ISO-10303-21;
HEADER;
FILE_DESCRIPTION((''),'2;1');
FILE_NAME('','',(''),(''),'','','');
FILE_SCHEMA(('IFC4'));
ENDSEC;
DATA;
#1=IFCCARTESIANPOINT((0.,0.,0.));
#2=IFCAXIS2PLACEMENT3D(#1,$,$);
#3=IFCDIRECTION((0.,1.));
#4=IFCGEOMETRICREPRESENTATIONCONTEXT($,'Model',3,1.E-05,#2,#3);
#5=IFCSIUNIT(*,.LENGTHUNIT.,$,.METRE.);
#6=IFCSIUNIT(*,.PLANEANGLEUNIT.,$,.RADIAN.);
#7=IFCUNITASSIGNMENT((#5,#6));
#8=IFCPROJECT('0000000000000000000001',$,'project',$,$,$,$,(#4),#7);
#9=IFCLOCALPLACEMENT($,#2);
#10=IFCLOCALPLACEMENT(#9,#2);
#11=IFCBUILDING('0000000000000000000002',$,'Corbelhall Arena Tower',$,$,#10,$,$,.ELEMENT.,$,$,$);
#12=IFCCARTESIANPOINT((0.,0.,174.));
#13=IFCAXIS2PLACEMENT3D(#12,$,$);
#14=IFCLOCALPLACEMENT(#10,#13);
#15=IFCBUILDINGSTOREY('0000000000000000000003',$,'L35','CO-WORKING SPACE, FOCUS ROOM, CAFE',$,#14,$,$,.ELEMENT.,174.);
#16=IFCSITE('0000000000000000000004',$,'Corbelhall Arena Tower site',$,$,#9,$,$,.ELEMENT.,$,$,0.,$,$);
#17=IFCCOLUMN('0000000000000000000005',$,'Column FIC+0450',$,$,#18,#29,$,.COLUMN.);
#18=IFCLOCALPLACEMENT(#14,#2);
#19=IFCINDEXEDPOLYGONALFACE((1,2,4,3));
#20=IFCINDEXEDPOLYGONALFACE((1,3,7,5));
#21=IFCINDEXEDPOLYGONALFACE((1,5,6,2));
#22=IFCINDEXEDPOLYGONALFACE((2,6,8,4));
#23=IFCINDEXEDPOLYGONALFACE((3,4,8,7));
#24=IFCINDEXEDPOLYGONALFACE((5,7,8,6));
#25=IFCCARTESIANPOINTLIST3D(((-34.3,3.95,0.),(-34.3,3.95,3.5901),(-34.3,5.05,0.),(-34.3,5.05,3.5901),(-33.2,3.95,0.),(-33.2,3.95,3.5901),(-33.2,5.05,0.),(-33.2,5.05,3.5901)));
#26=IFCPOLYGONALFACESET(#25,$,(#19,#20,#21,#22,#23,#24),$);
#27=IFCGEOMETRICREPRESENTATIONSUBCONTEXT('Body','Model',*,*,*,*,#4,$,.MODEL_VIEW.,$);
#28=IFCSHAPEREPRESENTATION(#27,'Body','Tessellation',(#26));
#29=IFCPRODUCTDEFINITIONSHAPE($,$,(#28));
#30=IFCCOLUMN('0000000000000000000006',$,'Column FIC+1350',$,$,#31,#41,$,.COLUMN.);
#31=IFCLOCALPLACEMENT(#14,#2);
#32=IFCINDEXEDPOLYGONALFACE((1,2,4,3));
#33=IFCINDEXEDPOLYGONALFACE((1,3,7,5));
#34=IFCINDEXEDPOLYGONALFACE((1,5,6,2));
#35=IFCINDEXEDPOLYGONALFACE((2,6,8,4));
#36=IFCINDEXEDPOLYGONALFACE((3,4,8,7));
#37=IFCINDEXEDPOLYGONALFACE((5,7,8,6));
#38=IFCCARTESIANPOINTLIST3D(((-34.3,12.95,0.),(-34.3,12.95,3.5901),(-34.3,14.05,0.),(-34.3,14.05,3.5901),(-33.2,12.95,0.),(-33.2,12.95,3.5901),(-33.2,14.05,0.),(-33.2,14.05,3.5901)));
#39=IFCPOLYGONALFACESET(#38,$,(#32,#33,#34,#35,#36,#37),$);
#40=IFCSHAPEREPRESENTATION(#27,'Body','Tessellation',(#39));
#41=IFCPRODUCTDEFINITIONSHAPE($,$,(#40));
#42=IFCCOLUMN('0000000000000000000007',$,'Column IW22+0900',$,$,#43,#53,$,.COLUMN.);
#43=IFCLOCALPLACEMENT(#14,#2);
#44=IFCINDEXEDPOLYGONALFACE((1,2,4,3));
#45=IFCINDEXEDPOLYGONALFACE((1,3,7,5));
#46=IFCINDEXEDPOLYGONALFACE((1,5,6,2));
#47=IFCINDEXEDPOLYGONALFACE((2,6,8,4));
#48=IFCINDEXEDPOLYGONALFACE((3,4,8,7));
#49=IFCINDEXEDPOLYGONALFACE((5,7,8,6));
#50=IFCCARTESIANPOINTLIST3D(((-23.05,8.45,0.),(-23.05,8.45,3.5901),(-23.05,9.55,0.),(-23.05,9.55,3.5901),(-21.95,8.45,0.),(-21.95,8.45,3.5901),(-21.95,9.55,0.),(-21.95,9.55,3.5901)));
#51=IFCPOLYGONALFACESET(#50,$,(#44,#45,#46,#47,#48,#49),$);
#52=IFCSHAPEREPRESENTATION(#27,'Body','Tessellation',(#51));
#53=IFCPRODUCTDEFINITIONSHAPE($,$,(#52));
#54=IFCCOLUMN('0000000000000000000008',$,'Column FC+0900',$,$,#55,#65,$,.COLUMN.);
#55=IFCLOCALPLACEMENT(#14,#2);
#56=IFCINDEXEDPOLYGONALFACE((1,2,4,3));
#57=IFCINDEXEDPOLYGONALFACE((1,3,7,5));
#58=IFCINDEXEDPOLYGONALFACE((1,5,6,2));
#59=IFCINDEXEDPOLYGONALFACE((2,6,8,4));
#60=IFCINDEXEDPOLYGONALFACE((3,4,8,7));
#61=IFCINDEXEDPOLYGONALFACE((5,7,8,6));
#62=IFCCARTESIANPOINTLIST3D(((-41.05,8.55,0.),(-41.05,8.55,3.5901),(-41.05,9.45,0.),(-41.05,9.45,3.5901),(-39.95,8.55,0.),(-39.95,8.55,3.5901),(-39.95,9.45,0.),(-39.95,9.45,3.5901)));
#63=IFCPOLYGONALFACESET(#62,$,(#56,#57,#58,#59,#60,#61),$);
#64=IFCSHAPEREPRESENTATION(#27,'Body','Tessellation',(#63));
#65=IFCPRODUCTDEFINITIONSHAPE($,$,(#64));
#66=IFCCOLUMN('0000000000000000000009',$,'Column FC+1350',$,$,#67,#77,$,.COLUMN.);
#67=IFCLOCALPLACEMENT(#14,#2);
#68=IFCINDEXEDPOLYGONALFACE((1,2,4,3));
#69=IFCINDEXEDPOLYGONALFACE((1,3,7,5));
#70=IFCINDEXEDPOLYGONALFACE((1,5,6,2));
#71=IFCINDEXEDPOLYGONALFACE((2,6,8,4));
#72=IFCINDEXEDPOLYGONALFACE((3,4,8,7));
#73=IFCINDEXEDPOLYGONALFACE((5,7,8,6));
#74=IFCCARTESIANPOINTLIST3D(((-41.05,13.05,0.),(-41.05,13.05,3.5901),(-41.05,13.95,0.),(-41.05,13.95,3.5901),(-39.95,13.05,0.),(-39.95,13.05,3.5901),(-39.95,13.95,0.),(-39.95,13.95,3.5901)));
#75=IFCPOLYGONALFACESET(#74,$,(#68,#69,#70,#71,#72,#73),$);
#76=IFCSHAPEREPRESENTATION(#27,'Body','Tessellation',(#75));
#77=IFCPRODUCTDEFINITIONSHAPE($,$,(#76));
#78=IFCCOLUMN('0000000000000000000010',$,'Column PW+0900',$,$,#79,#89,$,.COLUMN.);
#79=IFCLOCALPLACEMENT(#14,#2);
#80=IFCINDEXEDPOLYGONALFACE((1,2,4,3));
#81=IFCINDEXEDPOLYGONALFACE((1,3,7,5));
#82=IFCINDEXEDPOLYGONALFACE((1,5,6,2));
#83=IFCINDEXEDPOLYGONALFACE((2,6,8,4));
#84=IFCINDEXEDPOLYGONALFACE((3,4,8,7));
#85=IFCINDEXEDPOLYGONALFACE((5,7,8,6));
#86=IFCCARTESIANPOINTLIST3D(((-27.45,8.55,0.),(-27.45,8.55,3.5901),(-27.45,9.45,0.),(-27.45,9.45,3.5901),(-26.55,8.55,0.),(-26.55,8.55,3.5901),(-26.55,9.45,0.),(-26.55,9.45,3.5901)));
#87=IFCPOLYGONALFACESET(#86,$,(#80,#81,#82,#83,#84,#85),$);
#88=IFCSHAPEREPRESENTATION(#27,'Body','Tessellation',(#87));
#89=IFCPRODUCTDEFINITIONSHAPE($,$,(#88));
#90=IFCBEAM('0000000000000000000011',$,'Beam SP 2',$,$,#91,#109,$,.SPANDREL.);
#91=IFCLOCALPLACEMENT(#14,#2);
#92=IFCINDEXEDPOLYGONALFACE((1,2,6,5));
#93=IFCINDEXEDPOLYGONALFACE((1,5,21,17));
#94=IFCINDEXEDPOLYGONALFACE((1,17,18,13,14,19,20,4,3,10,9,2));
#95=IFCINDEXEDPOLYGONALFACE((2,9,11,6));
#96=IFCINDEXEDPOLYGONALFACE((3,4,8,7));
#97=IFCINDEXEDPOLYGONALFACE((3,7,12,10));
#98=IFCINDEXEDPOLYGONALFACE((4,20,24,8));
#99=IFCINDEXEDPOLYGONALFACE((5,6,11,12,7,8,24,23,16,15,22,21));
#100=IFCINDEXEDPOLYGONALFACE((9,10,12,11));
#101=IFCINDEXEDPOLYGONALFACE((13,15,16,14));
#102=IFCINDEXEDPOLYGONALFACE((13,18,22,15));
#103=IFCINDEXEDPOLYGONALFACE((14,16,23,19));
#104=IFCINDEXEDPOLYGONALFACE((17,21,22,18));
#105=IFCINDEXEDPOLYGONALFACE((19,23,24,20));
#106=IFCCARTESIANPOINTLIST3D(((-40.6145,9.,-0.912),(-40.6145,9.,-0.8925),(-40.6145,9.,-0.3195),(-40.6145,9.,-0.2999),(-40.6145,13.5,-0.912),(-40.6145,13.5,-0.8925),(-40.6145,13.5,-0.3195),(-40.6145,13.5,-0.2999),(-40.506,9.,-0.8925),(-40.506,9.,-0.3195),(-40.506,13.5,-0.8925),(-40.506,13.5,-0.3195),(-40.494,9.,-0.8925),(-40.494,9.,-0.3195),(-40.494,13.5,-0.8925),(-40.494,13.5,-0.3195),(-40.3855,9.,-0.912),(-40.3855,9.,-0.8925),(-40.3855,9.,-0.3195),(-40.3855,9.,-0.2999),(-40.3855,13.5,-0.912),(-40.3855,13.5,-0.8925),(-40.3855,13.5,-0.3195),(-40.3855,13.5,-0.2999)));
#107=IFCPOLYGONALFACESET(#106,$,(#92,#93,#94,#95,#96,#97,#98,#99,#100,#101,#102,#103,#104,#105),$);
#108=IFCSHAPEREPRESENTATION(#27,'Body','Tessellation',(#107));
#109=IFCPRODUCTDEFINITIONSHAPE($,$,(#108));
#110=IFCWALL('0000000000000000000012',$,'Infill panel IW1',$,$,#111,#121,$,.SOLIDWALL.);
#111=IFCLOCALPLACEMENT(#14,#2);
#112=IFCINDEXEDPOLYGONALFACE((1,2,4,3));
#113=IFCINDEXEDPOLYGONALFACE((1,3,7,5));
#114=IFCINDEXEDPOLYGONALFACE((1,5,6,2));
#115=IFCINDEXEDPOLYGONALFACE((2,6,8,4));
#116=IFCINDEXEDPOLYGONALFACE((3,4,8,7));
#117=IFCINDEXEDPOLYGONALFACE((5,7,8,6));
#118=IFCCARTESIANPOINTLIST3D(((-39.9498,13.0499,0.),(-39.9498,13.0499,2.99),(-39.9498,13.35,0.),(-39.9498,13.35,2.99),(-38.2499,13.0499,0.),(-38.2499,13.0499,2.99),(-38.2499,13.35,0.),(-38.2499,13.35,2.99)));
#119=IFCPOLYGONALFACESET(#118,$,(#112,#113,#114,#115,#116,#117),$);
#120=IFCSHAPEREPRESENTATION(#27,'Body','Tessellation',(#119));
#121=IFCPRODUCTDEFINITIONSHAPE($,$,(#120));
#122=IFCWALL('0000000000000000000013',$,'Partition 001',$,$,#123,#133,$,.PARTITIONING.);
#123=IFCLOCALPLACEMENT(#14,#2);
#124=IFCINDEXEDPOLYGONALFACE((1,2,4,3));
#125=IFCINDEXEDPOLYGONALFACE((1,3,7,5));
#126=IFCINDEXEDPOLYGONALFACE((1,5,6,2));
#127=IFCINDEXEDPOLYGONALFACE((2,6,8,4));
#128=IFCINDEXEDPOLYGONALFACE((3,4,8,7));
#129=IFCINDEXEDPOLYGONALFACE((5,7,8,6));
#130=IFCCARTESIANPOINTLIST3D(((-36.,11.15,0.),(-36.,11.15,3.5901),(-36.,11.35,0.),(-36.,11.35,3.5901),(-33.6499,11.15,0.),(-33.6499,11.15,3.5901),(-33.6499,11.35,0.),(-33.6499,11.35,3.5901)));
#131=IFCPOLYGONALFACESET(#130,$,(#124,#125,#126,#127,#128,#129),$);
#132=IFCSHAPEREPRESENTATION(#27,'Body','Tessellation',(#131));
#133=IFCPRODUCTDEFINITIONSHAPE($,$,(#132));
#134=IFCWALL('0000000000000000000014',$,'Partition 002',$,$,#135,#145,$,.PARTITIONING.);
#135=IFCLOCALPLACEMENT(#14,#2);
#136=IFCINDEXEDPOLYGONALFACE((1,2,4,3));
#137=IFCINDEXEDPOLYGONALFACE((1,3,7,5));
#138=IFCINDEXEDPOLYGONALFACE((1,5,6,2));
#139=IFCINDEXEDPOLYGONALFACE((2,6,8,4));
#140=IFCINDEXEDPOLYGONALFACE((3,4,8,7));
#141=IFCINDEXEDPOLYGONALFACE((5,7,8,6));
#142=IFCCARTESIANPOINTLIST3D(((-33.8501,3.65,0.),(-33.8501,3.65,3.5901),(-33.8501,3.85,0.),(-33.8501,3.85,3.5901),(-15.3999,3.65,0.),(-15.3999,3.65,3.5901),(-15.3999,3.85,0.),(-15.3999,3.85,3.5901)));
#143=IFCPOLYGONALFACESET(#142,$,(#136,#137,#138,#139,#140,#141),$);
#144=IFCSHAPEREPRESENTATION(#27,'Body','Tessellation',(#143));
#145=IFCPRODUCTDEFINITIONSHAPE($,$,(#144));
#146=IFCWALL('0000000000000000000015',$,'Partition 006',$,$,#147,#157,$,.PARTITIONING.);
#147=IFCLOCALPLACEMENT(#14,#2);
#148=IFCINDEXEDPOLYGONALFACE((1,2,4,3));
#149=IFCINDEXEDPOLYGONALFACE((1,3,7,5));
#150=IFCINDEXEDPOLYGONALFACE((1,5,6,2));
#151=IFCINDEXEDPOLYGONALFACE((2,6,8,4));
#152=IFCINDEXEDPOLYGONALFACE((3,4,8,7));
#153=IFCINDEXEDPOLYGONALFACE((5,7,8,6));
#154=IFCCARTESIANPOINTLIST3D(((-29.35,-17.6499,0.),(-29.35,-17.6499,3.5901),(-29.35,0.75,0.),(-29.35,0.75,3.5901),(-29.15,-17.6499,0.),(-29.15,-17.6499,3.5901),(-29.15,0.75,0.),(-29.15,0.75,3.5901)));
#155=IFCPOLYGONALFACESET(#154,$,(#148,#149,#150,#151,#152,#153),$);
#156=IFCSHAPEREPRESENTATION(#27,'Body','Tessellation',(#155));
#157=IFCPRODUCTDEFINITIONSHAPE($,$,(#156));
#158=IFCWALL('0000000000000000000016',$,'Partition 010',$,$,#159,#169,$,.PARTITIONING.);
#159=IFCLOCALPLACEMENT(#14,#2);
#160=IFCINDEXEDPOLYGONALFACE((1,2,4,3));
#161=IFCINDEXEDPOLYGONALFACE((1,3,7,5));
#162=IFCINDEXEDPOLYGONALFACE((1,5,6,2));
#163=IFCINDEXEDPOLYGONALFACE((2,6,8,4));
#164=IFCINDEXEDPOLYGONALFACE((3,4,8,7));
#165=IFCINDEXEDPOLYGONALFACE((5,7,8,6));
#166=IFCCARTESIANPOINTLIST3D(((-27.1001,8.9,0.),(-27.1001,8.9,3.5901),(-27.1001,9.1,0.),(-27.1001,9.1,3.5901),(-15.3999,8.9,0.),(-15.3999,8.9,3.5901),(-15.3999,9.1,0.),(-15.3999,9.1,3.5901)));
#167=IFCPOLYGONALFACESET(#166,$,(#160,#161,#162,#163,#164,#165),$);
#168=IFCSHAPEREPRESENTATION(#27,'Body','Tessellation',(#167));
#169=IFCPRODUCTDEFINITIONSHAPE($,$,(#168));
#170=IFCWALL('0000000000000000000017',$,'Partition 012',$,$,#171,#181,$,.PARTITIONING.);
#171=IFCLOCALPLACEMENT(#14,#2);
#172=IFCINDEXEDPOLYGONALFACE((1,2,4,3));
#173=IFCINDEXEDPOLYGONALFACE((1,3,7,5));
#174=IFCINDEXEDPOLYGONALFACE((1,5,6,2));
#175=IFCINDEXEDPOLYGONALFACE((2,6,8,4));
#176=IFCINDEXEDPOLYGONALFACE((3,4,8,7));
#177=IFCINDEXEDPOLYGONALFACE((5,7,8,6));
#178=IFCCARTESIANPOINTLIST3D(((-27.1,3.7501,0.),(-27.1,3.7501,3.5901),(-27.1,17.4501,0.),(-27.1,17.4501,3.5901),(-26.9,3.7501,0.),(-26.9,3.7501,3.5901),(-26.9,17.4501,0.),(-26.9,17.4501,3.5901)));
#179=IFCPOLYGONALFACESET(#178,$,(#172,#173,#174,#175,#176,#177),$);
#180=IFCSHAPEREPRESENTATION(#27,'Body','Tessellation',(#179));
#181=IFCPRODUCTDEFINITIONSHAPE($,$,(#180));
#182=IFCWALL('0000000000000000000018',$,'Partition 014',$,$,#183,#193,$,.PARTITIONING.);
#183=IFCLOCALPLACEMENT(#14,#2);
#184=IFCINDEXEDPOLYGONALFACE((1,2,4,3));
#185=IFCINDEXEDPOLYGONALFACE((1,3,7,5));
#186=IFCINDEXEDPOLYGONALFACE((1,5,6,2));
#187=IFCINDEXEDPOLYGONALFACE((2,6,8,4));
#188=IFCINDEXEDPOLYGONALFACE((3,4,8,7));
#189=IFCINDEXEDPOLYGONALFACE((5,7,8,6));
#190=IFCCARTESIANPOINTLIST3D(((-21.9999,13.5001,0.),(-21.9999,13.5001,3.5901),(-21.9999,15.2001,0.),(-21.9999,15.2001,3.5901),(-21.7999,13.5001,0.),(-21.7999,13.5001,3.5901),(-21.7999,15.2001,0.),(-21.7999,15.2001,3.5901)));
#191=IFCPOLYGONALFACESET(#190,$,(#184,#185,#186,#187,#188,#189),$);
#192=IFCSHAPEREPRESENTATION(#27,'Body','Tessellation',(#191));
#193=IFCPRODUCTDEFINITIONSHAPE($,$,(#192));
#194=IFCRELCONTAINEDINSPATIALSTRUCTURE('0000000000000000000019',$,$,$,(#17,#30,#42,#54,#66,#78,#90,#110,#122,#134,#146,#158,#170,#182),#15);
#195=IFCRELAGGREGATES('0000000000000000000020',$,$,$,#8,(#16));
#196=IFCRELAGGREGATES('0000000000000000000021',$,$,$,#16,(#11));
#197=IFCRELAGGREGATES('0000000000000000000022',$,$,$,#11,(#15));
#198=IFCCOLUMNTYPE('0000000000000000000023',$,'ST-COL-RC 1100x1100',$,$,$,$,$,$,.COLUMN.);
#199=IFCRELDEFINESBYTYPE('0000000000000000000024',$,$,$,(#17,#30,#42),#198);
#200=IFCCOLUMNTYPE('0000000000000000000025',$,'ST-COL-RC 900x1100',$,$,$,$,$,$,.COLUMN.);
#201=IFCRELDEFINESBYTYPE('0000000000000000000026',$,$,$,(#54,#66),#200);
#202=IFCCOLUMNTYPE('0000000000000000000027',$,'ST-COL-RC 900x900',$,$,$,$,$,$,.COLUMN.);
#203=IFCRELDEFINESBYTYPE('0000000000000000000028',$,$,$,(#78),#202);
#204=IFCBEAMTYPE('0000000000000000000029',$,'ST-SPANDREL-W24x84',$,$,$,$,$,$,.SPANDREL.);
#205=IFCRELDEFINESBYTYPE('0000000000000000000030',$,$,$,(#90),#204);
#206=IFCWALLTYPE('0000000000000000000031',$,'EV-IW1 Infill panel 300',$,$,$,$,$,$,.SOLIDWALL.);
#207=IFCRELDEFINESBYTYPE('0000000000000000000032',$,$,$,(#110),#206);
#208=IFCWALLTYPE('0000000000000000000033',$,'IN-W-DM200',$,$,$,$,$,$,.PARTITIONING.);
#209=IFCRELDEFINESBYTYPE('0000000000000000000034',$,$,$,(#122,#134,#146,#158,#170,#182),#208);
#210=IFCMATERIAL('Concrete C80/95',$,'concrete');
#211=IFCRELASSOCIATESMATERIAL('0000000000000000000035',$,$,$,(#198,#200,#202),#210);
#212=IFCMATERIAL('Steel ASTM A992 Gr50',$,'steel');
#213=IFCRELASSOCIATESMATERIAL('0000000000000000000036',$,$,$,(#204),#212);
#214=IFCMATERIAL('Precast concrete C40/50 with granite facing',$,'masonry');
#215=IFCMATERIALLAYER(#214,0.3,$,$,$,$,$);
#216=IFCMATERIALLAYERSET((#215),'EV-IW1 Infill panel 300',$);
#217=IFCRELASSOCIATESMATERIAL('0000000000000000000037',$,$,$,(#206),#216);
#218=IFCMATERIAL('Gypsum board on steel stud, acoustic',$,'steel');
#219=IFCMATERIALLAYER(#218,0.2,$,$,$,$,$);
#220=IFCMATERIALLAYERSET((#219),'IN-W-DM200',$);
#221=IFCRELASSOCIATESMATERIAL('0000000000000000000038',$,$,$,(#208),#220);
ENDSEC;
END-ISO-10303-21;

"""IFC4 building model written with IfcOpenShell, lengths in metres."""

from ifc_helpers import new_model, si_unit, direction, frame, frame_2d, origin, origin_2d, place, context, subcontext, project, spatial, rectangle, i_section, extrude, material, layer, layer_set, material_profile, profile_set, type_object, element, save


model = new_model("IFC4")

# Units and contexts
model_context = context("Model", 3, precision=1e-05, world=origin(), true_north=direction((0.0, 1.0)))
body_context = subcontext(model_context, "Body", "Model", "MODEL_VIEW")
ifc_project = project(units=[si_unit("LENGTHUNIT", "METRE"), si_unit("PLANEANGLEUNIT", "RADIAN")], contexts=[model_context])

# Site, building, storey
site_placement = place(None, origin())
site = spatial("IfcSite", under=ifc_project, at=site_placement, Name="Corbelhall Arena Tower site", CompositionType="ELEMENT", RefElevation=0.0)
building_placement = place(site_placement, origin())
building = spatial("IfcBuilding", under=site, at=building_placement, Name="Corbelhall Arena Tower", CompositionType="ELEMENT")
storey_placement = place(building_placement, frame((0.0, 0.0, 174.0)))
storey = spatial("IfcBuildingStorey", under=building, at=storey_placement, Name="L35", Description="CO-WORKING SPACE, FOCUS ROOM, CAFE", CompositionType="ELEMENT", Elevation=174.0)

# Columns
ifc_material_1 = material(Name="Concrete C80/95", Category="concrete")
ifc_material_profile_1 = material_profile(ifc_material_1, rectangle(XDim=1.1001, YDim=1.1001, at=origin_2d()))
ifc_profile_set_1 = profile_set([ifc_material_profile_1], Name="Concrete C80/95")
column_type_1 = type_object("IfcColumnType", Name="ST-COL-RC 1100x1100", PredefinedType="COLUMN", material=ifc_profile_set_1)
for number, where, z_axis, x_axis, name in (
    (1, (-33.75, 4.5, 0.0), (0.0, 0.0, 1.0), (1.0, 0.0, 0.0), "Column FIC+0450"),
    (2, (-33.75, 13.5, 0.0), (0.0, 0.0, 1.0), (1.0, 0.0, 0.0), "Column FIC+1350"),
    (3, (-22.5, 9.0, 0.0), (0.0, 0.0, 1.0), (1.0, 0.0, 0.0), "Column IW22+0900"),
):
    element("IfcColumn", number, at=place(storey_placement, frame(where, z_axis=z_axis, x_axis=x_axis)), inside=storey, type_object=column_type_1, Name=name, PredefinedType="COLUMN", context=body_context, shape_type="SweptSolid", body=[
        extrude(rectangle(XDim=1.1001, YDim=1.1001, at=origin_2d()), origin(), (0.0, 0.0, 1.0), 3.5901),
    ])
ifc_material_profile_2 = material_profile(ifc_material_1, rectangle(XDim=0.8999, YDim=1.1001, at=origin_2d()))
ifc_profile_set_2 = profile_set([ifc_material_profile_2], Name="Concrete C80/95")
column_type_2 = type_object("IfcColumnType", Name="ST-COL-RC 900x1100", PredefinedType="COLUMN", material=ifc_profile_set_2)
for number, where, z_axis, x_axis, name in (
    (4, (-40.5, 9.0, 0.0), (0.0, 0.0, 1.0), (0.0, 1.0, 0.0), "Column FC+0900"),
    (5, (-40.5, 13.5, 0.0), (0.0, 0.0, 1.0), (0.0, 1.0, 0.0), "Column FC+1350"),
):
    element("IfcColumn", number, at=place(storey_placement, frame(where, z_axis=z_axis, x_axis=x_axis)), inside=storey, type_object=column_type_2, Name=name, PredefinedType="COLUMN", context=body_context, shape_type="SweptSolid", body=[
        extrude(rectangle(XDim=0.8999, YDim=1.1001, at=origin_2d()), origin(), (0.0, 0.0, 1.0), 3.5901),
    ])
ifc_material_profile_3 = material_profile(ifc_material_1, rectangle(XDim=0.8999, YDim=0.8999, at=origin_2d()))
ifc_profile_set_3 = profile_set([ifc_material_profile_3], Name="Concrete C80/95")
column_type_3 = type_object("IfcColumnType", Name="ST-COL-RC 900x900", PredefinedType="COLUMN", material=ifc_profile_set_3)
column_placement = place(storey_placement, frame((-27.0, 9.0, 0.0), z_axis=(0.0, 0.0, 1.0), x_axis=(1.0, 0.0, 0.0)))
element("IfcColumn", 6, at=column_placement, inside=storey, type_object=column_type_3, Name="Column PW+0900", PredefinedType="COLUMN", context=body_context, shape_type="SweptSolid", body=[
    extrude(rectangle(XDim=0.8999, YDim=0.8999, at=origin_2d()), origin(), (0.0, 0.0, 1.0), 3.5901),
])

# Beam
ifc_material_2 = material(Name="Steel ASTM A992 Gr50", Category="steel")
ifc_material_profile_4 = material_profile(ifc_material_2, i_section(OverallWidth=0.229, OverallDepth=0.6121, WebThickness=0.012, FlangeThickness=0.0195, at=origin_2d()))
ifc_profile_set_4 = profile_set([ifc_material_profile_4], Name="Steel ASTM A992 Gr50")
beam_type = type_object("IfcBeamType", Name="ST-SPANDREL-W24x84", PredefinedType="SPANDREL", material=ifc_profile_set_4)
beam_placement = place(storey_placement, frame((-40.5, 9.0, -0.606), z_axis=(0.0, 1.0, 0.0), x_axis=(-1.0, 0.0, 0.0)))
element("IfcBeam", 7, at=beam_placement, inside=storey, type_object=beam_type, Name="Beam SP 2", PredefinedType="SPANDREL", context=body_context, shape_type="SweptSolid", body=[
    extrude(i_section(OverallWidth=0.229, OverallDepth=0.6121, WebThickness=0.012, FlangeThickness=0.0195, at=origin_2d()), origin(), (0.0, 0.0, 1.0), 4.5),
])

# Wall
ifc_material_3 = material(Name="Precast concrete C40/50 with granite facing", Category="masonry")
ifc_layer_1 = layer(ifc_material_3, 0.3)
ifc_layer_set_1 = layer_set([ifc_layer_1], Name="EV-IW1 Infill panel 300")
wall_type_1 = type_object("IfcWallType", Name="EV-IW1 Infill panel 300", PredefinedType="SOLIDWALL", material=ifc_layer_set_1)
wall_1_placement = place(storey_placement, frame((-39.95, 13.2, 0.0), z_axis=(0.0, 0.0, 1.0), x_axis=(1.0, 0.0, 0.0)))
element("IfcWall", 8, at=wall_1_placement, inside=storey, type_object=wall_type_1, Name="Infill panel IW1", PredefinedType="SOLIDWALL", context=body_context, shape_type="SweptSolid", body=[
    extrude(rectangle(XDim=1.7, YDim=0.3, at=frame_2d((0.8501, 0.0))), origin(), (0.0, 0.0, 1.0), 2.99),
])

# Walls
ifc_material_4 = material(Name="Gypsum board on steel stud, acoustic", Category="steel")
ifc_layer_2 = layer(ifc_material_4, 0.2)
ifc_layer_set_2 = layer_set([ifc_layer_2], Name="IN-W-DM200")
wall_type_2 = type_object("IfcWallType", Name="IN-W-DM200", PredefinedType="PARTITIONING", material=ifc_layer_set_2)
wall_2_placement = place(storey_placement, frame((-36.0, 11.25, 0.0), z_axis=(0.0, 0.0, 1.0), x_axis=(1.0, 0.0, 0.0)))
element("IfcWall", 9, at=wall_2_placement, inside=storey, type_object=wall_type_2, Name="Partition 001", PredefinedType="PARTITIONING", context=body_context, shape_type="SweptSolid", body=[
    extrude(rectangle(XDim=2.3501, YDim=0.2, at=frame_2d((1.175, 0.0))), origin(), (0.0, 0.0, 1.0), 3.5901),
])
wall_3_placement = place(storey_placement, frame((-33.8501, 3.75, 0.0), z_axis=(0.0, 0.0, 1.0), x_axis=(1.0, 0.0, 0.0)))
element("IfcWall", 10, at=wall_3_placement, inside=storey, type_object=wall_type_2, Name="Partition 002", PredefinedType="PARTITIONING", context=body_context, shape_type="SweptSolid", body=[
    extrude(rectangle(XDim=18.4502, YDim=0.2, at=frame_2d((9.2251, 0.0))), origin(), (0.0, 0.0, 1.0), 3.5901),
])

# Walls
wall_4_placement = place(storey_placement, frame((-29.25, 0.75, 0.0), z_axis=(0.0, 0.0, 1.0), x_axis=(0.0, -1.0, 0.0)))
element("IfcWall", 11, at=wall_4_placement, inside=storey, type_object=wall_type_2, Name="Partition 006", PredefinedType="PARTITIONING", context=body_context, shape_type="SweptSolid", body=[
    extrude(rectangle(XDim=18.3999, YDim=0.2, at=frame_2d((9.2, 0.0))), origin(), (0.0, 0.0, 1.0), 3.5901),
])
wall_5_placement = place(storey_placement, frame((-27.1001, 9.0, 0.0), z_axis=(0.0, 0.0, 1.0), x_axis=(1.0, 0.0, 0.0)))
element("IfcWall", 12, at=wall_5_placement, inside=storey, type_object=wall_type_2, Name="Partition 010", PredefinedType="PARTITIONING", context=body_context, shape_type="SweptSolid", body=[
    extrude(rectangle(XDim=11.7002, YDim=0.2, at=frame_2d((5.8501, 0.0))), origin(), (0.0, 0.0, 1.0), 3.5901),
])
wall_6_placement = place(storey_placement, frame((-27.0, 3.75, 0.0), z_axis=(0.0, 0.0, 1.0), x_axis=(0.0, 1.0, 0.0)))
element("IfcWall", 13, at=wall_6_placement, inside=storey, type_object=wall_type_2, Name="Partition 012", PredefinedType="PARTITIONING", context=body_context, shape_type="SweptSolid", body=[
    extrude(rectangle(XDim=13.7, YDim=0.2, at=frame_2d((6.8501, 0.0))), origin(), (0.0, 0.0, 1.0), 3.5901),
])
wall_7_placement = place(storey_placement, frame((-21.8999, 13.5, 0.0), z_axis=(0.0, 0.0, 1.0), x_axis=(0.0, 1.0, 0.0)))
element("IfcWall", 14, at=wall_7_placement, inside=storey, type_object=wall_type_2, Name="Partition 014", PredefinedType="PARTITIONING", context=body_context, shape_type="SweptSolid", body=[
    extrude(rectangle(XDim=1.7, YDim=0.2, at=frame_2d((0.8501, 0.0))), origin(), (0.0, 0.0, 1.0), 3.5901),
])

save(model, "model.ifc")
